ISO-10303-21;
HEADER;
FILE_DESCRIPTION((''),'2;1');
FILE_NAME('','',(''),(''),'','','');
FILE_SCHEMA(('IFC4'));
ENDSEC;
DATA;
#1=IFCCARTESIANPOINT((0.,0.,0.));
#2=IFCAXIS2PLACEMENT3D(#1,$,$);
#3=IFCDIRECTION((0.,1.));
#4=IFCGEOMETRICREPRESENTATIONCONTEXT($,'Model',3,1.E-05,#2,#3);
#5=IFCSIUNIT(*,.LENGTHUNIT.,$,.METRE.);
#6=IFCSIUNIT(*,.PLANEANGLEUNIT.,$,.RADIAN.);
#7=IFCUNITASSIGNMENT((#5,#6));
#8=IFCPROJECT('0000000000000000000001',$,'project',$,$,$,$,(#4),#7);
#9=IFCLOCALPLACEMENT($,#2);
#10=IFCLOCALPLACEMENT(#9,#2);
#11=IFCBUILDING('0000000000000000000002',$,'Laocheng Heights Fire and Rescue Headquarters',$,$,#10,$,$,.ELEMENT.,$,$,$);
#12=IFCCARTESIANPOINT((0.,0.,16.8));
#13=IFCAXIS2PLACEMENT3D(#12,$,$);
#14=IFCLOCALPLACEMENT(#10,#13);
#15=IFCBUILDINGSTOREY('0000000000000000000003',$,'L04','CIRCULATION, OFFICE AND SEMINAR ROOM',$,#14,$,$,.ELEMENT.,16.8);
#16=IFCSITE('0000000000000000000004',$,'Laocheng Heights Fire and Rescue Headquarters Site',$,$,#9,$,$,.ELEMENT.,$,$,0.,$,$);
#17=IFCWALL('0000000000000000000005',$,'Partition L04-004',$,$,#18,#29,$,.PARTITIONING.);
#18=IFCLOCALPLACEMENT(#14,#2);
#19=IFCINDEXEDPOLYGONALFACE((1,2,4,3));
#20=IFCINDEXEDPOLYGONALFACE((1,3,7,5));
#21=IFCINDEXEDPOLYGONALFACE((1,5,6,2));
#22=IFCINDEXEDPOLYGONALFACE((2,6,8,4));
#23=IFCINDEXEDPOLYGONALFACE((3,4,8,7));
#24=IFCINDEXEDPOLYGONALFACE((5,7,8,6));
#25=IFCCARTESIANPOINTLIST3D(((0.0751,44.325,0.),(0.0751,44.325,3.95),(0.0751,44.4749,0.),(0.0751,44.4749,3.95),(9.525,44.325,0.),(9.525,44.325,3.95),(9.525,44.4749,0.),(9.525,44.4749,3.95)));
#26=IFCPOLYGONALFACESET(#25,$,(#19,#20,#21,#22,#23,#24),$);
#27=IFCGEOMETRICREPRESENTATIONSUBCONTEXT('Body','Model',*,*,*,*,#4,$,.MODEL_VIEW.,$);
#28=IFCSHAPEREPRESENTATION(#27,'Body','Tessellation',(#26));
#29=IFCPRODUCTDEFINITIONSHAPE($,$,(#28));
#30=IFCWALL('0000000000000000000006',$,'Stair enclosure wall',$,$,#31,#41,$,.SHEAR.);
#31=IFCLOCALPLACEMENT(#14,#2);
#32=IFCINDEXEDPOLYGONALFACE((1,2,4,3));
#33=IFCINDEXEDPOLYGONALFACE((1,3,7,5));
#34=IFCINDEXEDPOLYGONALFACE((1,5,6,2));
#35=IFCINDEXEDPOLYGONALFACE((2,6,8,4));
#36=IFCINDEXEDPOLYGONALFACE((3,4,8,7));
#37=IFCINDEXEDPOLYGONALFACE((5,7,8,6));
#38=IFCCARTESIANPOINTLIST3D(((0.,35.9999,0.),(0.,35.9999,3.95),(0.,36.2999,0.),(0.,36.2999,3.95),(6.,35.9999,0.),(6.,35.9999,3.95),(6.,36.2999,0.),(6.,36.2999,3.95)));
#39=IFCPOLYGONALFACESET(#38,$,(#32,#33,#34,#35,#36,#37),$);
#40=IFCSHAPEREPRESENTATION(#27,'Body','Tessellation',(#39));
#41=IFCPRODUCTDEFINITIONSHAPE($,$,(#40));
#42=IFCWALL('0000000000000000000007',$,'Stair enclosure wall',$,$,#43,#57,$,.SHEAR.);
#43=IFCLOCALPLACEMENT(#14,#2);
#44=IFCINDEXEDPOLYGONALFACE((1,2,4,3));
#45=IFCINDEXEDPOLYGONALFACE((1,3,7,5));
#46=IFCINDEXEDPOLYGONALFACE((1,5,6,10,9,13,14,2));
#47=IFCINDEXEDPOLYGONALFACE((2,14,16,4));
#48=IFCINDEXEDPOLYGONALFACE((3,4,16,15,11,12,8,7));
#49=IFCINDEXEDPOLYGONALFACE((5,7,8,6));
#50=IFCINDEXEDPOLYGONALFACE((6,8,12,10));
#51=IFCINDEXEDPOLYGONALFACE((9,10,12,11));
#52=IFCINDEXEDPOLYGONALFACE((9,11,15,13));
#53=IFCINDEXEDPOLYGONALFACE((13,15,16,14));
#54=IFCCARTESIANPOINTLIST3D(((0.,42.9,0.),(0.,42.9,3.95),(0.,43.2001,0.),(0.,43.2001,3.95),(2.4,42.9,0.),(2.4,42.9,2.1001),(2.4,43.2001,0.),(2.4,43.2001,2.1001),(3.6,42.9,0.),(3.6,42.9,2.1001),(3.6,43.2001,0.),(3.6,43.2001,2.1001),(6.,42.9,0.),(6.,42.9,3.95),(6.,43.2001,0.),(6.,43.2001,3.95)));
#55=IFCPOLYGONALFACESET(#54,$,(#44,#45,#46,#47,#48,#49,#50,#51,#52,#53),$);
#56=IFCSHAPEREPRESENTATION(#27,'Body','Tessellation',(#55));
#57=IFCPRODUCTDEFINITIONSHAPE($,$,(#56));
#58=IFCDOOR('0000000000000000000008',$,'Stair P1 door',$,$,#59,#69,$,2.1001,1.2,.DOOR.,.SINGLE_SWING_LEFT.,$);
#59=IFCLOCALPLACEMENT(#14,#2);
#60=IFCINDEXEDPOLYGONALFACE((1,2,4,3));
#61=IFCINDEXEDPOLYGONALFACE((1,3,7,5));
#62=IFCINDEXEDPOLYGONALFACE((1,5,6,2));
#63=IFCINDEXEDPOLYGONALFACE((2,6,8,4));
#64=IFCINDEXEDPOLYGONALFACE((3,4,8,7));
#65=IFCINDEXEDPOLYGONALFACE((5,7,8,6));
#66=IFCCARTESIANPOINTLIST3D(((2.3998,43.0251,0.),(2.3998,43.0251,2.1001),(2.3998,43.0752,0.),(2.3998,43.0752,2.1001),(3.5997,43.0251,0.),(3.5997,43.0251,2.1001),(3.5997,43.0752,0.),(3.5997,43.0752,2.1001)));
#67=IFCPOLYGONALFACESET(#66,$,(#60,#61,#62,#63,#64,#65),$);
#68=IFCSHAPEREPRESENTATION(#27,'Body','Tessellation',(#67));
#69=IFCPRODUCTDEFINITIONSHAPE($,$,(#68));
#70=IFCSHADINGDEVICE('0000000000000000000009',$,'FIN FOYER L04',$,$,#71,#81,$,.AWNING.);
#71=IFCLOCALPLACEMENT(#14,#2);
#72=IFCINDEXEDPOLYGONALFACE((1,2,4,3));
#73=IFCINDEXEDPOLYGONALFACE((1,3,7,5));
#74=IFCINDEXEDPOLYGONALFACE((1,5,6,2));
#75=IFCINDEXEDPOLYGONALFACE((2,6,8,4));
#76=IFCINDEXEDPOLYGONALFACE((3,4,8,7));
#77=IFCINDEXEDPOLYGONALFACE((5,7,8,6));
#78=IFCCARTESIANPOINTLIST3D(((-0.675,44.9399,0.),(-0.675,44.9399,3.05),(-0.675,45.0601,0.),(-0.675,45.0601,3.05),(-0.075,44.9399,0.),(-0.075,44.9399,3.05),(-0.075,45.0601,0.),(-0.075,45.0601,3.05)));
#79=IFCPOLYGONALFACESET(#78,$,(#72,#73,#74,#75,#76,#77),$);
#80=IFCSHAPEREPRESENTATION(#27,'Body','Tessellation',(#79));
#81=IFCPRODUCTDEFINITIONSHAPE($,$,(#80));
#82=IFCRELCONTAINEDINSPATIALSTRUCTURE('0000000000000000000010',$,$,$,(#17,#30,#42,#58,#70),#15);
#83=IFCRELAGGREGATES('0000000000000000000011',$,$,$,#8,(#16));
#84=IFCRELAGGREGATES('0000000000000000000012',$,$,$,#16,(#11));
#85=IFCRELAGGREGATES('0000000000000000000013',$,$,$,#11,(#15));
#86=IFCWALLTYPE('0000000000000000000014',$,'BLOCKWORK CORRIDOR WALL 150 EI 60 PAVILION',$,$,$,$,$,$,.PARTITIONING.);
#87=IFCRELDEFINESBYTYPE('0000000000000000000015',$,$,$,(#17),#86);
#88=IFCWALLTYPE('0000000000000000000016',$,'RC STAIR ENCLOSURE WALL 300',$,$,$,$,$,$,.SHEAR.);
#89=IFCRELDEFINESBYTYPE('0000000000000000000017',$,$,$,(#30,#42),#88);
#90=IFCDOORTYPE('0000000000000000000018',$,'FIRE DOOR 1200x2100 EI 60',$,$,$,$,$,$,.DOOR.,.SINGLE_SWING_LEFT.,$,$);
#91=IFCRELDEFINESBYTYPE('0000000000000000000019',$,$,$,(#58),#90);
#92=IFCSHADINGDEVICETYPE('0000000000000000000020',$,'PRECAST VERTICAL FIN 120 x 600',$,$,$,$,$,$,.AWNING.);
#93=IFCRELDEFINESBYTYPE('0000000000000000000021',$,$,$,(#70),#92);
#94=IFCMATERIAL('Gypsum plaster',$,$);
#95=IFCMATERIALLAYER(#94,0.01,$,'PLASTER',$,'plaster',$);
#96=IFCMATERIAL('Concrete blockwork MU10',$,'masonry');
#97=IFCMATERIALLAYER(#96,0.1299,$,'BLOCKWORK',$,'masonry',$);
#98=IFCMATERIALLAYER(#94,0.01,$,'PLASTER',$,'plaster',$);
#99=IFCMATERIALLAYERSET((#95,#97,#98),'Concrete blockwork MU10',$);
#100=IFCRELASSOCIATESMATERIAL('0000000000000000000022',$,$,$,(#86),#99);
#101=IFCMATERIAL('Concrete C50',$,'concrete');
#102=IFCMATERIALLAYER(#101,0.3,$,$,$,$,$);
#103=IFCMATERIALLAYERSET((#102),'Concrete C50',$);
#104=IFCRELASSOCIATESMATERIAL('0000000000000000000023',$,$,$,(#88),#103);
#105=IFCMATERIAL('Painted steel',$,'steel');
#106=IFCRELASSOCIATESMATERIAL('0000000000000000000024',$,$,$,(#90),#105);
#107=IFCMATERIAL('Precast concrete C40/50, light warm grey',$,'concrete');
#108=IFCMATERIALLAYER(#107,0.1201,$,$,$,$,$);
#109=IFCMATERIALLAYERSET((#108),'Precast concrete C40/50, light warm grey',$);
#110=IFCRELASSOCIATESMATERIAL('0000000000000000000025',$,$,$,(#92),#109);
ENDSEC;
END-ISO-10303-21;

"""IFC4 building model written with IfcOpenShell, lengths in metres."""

from ifc_helpers import new_model, si_unit, direction, frame, frame_2d, origin, origin_2d, place, context, subcontext, project, spatial, rectangle, extrude, material, layer, layer_set, type_object, element, fill, save


model = new_model("IFC4")

# Units and contexts
model_context = context("Model", 3, precision=1e-05, world=origin(), true_north=direction((0.0, 1.0)))
body_context = subcontext(model_context, "Body", "Model", "MODEL_VIEW")
ifc_project = project(units=[si_unit("LENGTHUNIT", "METRE"), si_unit("PLANEANGLEUNIT", "RADIAN")], contexts=[model_context])

# Site, building, storey
site_placement = place(None, origin())
site = spatial("IfcSite", under=ifc_project, at=site_placement, Name="Laocheng Heights Fire and Rescue Headquarters Site", CompositionType="ELEMENT", RefElevation=0.0)
building_placement = place(site_placement, origin())
building = spatial("IfcBuilding", under=site, at=building_placement, Name="Laocheng Heights Fire and Rescue Headquarters", CompositionType="ELEMENT")
storey_placement = place(building_placement, frame((0.0, 0.0, 16.8)))
storey = spatial("IfcBuildingStorey", under=building, at=storey_placement, Name="L04", Description="CIRCULATION, OFFICE AND SEMINAR ROOM", CompositionType="ELEMENT", Elevation=16.8)

# Walls
ifc_material_1 = material(Name="Gypsum plaster")
ifc_layer_1 = layer(ifc_material_1, 0.01, Name="PLASTER", Category="plaster")
ifc_material_2 = material(Name="Concrete blockwork MU10", Category="masonry")
ifc_layer_2 = layer(ifc_material_2, 0.1299, Name="BLOCKWORK", Category="masonry")
ifc_layer_3 = layer(ifc_material_1, 0.01, Name="PLASTER", Category="plaster")
ifc_layer_set_1 = layer_set([ifc_layer_1, ifc_layer_2, ifc_layer_3], Name="Concrete blockwork MU10")
wall_type_1 = type_object("IfcWallType", Name="BLOCKWORK CORRIDOR WALL 150 EI 60 PAVILION", PredefinedType="PARTITIONING", material=ifc_layer_set_1)
wall_1_placement = place(storey_placement, frame((0.075, 44.3999, 0.0), z_axis=(0.0, 0.0, 1.0), x_axis=(1.0, 0.0, 0.0)))
element("IfcWall", 1, at=wall_1_placement, inside=storey, type_object=wall_type_1, Name="Partition L04-004", PredefinedType="PARTITIONING", context=body_context, shape_type="SweptSolid", body=[
    extrude(rectangle(XDim=9.45, YDim=0.1499, at=frame_2d((4.7251, 0.0))), origin(), (0.0, 0.0, 1.0), 3.95),
])
ifc_material_3 = material(Name="Concrete C50", Category="concrete")
ifc_layer_4 = layer(ifc_material_3, 0.3)
ifc_layer_set_2 = layer_set([ifc_layer_4], Name="Concrete C50")
wall_type_2 = type_object("IfcWallType", Name="RC STAIR ENCLOSURE WALL 300", PredefinedType="SHEAR", material=ifc_layer_set_2)
wall_2_placement = place(storey_placement, frame((0.0, 36.1499, 0.0), z_axis=(0.0, 0.0, 1.0), x_axis=(1.0, 0.0, 0.0)))
element("IfcWall", 2, at=wall_2_placement, inside=storey, type_object=wall_type_2, Name="Stair enclosure wall", PredefinedType="SHEAR", context=body_context, shape_type="SweptSolid", body=[
    extrude(rectangle(XDim=6.0, YDim=0.3, at=frame_2d((3.0, 0.0))), origin(), (0.0, 0.0, 1.0), 3.95),
])

# Wall, opening, door
wall_3_placement = place(storey_placement, frame((0.0, 43.05, 0.0), z_axis=(0.0, 0.0, 1.0), x_axis=(1.0, 0.0, 0.0)))
wall_3 = element("IfcWall", 3, at=wall_3_placement, inside=storey, type_object=wall_type_2, Name="Stair enclosure wall", PredefinedType="SHEAR", context=body_context, shape_type="SweptSolid", body=[
    extrude(rectangle(XDim=6.0, YDim=0.3, at=frame_2d((3.0, 0.0))), origin(), (0.0, 0.0, 1.0), 3.95),
])
opening_placement = place(wall_3_placement, frame((2.3999, 0.0, 0.0)))
opening = element("IfcOpeningElement", 4, at=opening_placement, cuts=wall_3, PredefinedType="OPENING", context=body_context, shape_type="SweptSolid", body=[
    extrude(rectangle(XDim=1.2, YDim=2.1001, at=frame_2d((0.6001, 1.05))), frame((0.0, 0.1599, 0.0), z_axis=(0.0, -1.0, 0.0), x_axis=(1.0, 0.0, 0.0)), (0.0, 0.0, 1.0), 0.3201),
])
ifc_material_4 = material(Name="Painted steel", Category="steel")
door_type = type_object("IfcDoorType", Name="FIRE DOOR 1200x2100 EI 60", OperationType="SINGLE_SWING_LEFT", PredefinedType="DOOR", material=ifc_material_4)
door_placement = place(opening_placement, frame((1.2, 0.0, 0.0), z_axis=(0.0, 0.0, 1.0), x_axis=(-1.0, 0.0, 0.0)))
door = element("IfcDoor", 5, at=door_placement, inside=storey, type_object=door_type, Name="Stair P1 door", OperationType="SINGLE_SWING_LEFT", OverallHeight=2.1001, OverallWidth=1.2, PredefinedType="DOOR", context=body_context, shape_type="SweptSolid", body=[
    extrude(rectangle(XDim=1.2, YDim=2.1001, at=frame_2d((0.6001, 1.05))), frame((0.0, 0.0249, 0.0), z_axis=(0.0, -1.0, 0.0), x_axis=(1.0, 0.0, 0.0)), (0.0, 0.0, 1.0), 0.05),
])
fill(opening, door)

# Shading device
ifc_material_5 = material(Name="Precast concrete C40/50, light warm grey", Category="concrete")
ifc_layer_5 = layer(ifc_material_5, 0.1201)
ifc_layer_set_3 = layer_set([ifc_layer_5], Name="Precast concrete C40/50, light warm grey")
shading_device_type = type_object("IfcShadingDeviceType", Name="PRECAST VERTICAL FIN 120 x 600", PredefinedType="AWNING", material=ifc_layer_set_3)
shading_device_placement = place(storey_placement, frame((-0.375, 45.0, 0.0), z_axis=(0.0, 0.0, 1.0), x_axis=(1.0, 0.0, 0.0)))
element("IfcShadingDevice", 6, at=shading_device_placement, inside=storey, type_object=shading_device_type, Name="FIN FOYER L04", PredefinedType="AWNING", context=body_context, shape_type="SweptSolid", body=[
    extrude(rectangle(XDim=0.6001, YDim=0.1201, at=origin_2d()), origin(), (0.0, 0.0, 1.0), 3.05),
])

save(model, "model.ifc")
